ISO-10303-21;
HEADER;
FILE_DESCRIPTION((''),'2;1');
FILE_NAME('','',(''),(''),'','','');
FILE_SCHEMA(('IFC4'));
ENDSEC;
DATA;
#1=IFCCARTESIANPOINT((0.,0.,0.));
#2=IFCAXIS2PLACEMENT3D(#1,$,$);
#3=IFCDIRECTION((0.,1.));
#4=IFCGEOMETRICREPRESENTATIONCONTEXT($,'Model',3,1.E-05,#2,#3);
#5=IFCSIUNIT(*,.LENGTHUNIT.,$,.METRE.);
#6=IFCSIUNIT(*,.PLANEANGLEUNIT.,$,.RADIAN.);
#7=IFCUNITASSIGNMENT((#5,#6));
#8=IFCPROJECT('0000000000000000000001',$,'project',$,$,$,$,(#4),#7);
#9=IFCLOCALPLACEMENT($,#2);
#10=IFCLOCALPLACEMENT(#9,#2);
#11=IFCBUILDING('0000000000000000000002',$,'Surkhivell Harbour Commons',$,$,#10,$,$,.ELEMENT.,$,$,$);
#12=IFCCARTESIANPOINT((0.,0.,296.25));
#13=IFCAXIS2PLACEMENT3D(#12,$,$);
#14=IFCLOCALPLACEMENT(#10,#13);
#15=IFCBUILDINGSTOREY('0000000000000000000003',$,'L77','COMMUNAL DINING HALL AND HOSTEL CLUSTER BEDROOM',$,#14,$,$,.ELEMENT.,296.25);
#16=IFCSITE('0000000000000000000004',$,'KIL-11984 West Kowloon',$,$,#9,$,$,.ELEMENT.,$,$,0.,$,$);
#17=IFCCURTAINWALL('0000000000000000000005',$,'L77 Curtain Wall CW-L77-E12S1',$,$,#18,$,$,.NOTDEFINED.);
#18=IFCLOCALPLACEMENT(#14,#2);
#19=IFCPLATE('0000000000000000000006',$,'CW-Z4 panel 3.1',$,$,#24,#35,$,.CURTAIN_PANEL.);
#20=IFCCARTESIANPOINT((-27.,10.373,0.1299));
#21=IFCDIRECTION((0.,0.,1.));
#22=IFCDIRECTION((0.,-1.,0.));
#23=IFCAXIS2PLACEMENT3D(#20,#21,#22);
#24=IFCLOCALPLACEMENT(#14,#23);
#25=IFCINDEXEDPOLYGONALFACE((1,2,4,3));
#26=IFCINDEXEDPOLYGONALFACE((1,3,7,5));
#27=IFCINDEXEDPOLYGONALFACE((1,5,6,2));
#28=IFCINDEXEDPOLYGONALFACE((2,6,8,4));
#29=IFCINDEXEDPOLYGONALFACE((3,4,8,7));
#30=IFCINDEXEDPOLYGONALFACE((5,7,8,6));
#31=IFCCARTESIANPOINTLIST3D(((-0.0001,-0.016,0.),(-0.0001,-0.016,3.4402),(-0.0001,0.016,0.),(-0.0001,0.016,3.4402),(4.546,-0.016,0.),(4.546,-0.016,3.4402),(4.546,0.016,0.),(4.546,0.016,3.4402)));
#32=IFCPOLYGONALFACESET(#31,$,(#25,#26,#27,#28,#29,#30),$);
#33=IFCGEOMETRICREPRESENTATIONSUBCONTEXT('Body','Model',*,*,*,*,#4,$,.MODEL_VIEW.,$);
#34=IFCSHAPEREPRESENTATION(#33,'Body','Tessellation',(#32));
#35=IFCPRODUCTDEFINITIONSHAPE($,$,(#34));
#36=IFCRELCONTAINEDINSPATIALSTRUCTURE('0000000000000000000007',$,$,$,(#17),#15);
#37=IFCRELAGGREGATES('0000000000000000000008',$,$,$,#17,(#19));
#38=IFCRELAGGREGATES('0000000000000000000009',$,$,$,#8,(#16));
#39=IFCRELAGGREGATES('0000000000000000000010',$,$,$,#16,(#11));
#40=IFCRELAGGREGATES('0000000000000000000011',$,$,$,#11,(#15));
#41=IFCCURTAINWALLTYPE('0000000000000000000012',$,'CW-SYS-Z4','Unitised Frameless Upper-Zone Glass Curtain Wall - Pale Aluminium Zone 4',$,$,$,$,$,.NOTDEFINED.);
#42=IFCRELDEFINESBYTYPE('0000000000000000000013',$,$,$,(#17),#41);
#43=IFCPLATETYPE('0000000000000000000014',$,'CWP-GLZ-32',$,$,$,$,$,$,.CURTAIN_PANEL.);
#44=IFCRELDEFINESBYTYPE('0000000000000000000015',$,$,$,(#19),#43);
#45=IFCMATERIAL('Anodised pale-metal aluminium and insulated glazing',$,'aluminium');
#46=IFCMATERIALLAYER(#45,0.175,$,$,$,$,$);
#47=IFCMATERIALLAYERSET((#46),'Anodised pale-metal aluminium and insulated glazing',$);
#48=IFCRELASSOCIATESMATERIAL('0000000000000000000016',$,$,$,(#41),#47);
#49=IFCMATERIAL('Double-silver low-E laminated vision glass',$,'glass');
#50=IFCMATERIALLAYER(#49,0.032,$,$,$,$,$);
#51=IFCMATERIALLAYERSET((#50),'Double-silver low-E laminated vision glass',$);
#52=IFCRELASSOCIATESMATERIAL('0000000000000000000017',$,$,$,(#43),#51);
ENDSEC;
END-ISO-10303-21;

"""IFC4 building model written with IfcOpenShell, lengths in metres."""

from ifc_helpers import new_model, si_unit, direction, frame, frame_2d, origin, place, context, subcontext, project, spatial, rectangle, extrude, material, layer, layer_set, type_object, element, aggregate, save


model = new_model("IFC4")

# Units and contexts
model_context = context("Model", 3, precision=1e-05, world=origin(), true_north=direction((0.0, 1.0)))
body_context = subcontext(model_context, "Body", "Model", "MODEL_VIEW")
ifc_project = project(units=[si_unit("LENGTHUNIT", "METRE"), si_unit("PLANEANGLEUNIT", "RADIAN")], contexts=[model_context])

# Site, building, storey
site_placement = place(None, origin())
site = spatial("IfcSite", under=ifc_project, at=site_placement, Name="KIL-11984 West Kowloon", CompositionType="ELEMENT", RefElevation=0.0)
building_placement = place(site_placement, origin())
building = spatial("IfcBuilding", under=site, at=building_placement, Name="Surkhivell Harbour Commons", CompositionType="ELEMENT")
storey_placement = place(building_placement, frame((0.0, 0.0, 296.25)))
storey = spatial("IfcBuildingStorey", under=building, at=storey_placement, Name="L77", Description="COMMUNAL DINING HALL AND HOSTEL CLUSTER BEDROOM", CompositionType="ELEMENT", Elevation=296.25)

# Curtain wall, plate
ifc_material_1 = material(Name="Anodised pale-metal aluminium and insulated glazing", Category="aluminium")
ifc_layer_1 = layer(ifc_material_1, 0.175)
ifc_layer_set_1 = layer_set([ifc_layer_1], Name="Anodised pale-metal aluminium and insulated glazing")
curtain_wall_type = type_object("IfcCurtainWallType", Name="CW-SYS-Z4", Description="Unitised Frameless Upper-Zone Glass Curtain Wall - Pale Aluminium Zone 4", PredefinedType="NOTDEFINED", material=ifc_layer_set_1)
curtain_wall_placement = place(storey_placement, origin())
curtain_wall = element("IfcCurtainWall", 1, at=curtain_wall_placement, inside=storey, type_object=curtain_wall_type, Name="L77 Curtain Wall CW-L77-E12S1", PredefinedType="NOTDEFINED")
ifc_material_2 = material(Name="Double-silver low-E laminated vision glass", Category="glass")
ifc_layer_2 = layer(ifc_material_2, 0.032)
ifc_layer_set_2 = layer_set([ifc_layer_2], Name="Double-silver low-E laminated vision glass")
plate_type = type_object("IfcPlateType", Name="CWP-GLZ-32", PredefinedType="CURTAIN_PANEL", material=ifc_layer_set_2)
plate_1_placement = place(storey_placement, frame((-27.0, 10.373, 0.1299), z_axis=(0.0, 0.0, 1.0), x_axis=(0.0, -1.0, 0.0)))
plate_1 = element("IfcPlate", 2, at=plate_1_placement, type_object=plate_type, Name="CW-Z4 panel 3.1", PredefinedType="CURTAIN_PANEL", context=body_context, shape_type="SweptSolid", body=[
    extrude(rectangle(XDim=4.5461, YDim=0.032, at=frame_2d((2.2729, 0.0))), origin(), (0.0, 0.0, 1.0), 3.4402),
])
aggregate(curtain_wall, [plate_1])

save(model, "model.ifc")
